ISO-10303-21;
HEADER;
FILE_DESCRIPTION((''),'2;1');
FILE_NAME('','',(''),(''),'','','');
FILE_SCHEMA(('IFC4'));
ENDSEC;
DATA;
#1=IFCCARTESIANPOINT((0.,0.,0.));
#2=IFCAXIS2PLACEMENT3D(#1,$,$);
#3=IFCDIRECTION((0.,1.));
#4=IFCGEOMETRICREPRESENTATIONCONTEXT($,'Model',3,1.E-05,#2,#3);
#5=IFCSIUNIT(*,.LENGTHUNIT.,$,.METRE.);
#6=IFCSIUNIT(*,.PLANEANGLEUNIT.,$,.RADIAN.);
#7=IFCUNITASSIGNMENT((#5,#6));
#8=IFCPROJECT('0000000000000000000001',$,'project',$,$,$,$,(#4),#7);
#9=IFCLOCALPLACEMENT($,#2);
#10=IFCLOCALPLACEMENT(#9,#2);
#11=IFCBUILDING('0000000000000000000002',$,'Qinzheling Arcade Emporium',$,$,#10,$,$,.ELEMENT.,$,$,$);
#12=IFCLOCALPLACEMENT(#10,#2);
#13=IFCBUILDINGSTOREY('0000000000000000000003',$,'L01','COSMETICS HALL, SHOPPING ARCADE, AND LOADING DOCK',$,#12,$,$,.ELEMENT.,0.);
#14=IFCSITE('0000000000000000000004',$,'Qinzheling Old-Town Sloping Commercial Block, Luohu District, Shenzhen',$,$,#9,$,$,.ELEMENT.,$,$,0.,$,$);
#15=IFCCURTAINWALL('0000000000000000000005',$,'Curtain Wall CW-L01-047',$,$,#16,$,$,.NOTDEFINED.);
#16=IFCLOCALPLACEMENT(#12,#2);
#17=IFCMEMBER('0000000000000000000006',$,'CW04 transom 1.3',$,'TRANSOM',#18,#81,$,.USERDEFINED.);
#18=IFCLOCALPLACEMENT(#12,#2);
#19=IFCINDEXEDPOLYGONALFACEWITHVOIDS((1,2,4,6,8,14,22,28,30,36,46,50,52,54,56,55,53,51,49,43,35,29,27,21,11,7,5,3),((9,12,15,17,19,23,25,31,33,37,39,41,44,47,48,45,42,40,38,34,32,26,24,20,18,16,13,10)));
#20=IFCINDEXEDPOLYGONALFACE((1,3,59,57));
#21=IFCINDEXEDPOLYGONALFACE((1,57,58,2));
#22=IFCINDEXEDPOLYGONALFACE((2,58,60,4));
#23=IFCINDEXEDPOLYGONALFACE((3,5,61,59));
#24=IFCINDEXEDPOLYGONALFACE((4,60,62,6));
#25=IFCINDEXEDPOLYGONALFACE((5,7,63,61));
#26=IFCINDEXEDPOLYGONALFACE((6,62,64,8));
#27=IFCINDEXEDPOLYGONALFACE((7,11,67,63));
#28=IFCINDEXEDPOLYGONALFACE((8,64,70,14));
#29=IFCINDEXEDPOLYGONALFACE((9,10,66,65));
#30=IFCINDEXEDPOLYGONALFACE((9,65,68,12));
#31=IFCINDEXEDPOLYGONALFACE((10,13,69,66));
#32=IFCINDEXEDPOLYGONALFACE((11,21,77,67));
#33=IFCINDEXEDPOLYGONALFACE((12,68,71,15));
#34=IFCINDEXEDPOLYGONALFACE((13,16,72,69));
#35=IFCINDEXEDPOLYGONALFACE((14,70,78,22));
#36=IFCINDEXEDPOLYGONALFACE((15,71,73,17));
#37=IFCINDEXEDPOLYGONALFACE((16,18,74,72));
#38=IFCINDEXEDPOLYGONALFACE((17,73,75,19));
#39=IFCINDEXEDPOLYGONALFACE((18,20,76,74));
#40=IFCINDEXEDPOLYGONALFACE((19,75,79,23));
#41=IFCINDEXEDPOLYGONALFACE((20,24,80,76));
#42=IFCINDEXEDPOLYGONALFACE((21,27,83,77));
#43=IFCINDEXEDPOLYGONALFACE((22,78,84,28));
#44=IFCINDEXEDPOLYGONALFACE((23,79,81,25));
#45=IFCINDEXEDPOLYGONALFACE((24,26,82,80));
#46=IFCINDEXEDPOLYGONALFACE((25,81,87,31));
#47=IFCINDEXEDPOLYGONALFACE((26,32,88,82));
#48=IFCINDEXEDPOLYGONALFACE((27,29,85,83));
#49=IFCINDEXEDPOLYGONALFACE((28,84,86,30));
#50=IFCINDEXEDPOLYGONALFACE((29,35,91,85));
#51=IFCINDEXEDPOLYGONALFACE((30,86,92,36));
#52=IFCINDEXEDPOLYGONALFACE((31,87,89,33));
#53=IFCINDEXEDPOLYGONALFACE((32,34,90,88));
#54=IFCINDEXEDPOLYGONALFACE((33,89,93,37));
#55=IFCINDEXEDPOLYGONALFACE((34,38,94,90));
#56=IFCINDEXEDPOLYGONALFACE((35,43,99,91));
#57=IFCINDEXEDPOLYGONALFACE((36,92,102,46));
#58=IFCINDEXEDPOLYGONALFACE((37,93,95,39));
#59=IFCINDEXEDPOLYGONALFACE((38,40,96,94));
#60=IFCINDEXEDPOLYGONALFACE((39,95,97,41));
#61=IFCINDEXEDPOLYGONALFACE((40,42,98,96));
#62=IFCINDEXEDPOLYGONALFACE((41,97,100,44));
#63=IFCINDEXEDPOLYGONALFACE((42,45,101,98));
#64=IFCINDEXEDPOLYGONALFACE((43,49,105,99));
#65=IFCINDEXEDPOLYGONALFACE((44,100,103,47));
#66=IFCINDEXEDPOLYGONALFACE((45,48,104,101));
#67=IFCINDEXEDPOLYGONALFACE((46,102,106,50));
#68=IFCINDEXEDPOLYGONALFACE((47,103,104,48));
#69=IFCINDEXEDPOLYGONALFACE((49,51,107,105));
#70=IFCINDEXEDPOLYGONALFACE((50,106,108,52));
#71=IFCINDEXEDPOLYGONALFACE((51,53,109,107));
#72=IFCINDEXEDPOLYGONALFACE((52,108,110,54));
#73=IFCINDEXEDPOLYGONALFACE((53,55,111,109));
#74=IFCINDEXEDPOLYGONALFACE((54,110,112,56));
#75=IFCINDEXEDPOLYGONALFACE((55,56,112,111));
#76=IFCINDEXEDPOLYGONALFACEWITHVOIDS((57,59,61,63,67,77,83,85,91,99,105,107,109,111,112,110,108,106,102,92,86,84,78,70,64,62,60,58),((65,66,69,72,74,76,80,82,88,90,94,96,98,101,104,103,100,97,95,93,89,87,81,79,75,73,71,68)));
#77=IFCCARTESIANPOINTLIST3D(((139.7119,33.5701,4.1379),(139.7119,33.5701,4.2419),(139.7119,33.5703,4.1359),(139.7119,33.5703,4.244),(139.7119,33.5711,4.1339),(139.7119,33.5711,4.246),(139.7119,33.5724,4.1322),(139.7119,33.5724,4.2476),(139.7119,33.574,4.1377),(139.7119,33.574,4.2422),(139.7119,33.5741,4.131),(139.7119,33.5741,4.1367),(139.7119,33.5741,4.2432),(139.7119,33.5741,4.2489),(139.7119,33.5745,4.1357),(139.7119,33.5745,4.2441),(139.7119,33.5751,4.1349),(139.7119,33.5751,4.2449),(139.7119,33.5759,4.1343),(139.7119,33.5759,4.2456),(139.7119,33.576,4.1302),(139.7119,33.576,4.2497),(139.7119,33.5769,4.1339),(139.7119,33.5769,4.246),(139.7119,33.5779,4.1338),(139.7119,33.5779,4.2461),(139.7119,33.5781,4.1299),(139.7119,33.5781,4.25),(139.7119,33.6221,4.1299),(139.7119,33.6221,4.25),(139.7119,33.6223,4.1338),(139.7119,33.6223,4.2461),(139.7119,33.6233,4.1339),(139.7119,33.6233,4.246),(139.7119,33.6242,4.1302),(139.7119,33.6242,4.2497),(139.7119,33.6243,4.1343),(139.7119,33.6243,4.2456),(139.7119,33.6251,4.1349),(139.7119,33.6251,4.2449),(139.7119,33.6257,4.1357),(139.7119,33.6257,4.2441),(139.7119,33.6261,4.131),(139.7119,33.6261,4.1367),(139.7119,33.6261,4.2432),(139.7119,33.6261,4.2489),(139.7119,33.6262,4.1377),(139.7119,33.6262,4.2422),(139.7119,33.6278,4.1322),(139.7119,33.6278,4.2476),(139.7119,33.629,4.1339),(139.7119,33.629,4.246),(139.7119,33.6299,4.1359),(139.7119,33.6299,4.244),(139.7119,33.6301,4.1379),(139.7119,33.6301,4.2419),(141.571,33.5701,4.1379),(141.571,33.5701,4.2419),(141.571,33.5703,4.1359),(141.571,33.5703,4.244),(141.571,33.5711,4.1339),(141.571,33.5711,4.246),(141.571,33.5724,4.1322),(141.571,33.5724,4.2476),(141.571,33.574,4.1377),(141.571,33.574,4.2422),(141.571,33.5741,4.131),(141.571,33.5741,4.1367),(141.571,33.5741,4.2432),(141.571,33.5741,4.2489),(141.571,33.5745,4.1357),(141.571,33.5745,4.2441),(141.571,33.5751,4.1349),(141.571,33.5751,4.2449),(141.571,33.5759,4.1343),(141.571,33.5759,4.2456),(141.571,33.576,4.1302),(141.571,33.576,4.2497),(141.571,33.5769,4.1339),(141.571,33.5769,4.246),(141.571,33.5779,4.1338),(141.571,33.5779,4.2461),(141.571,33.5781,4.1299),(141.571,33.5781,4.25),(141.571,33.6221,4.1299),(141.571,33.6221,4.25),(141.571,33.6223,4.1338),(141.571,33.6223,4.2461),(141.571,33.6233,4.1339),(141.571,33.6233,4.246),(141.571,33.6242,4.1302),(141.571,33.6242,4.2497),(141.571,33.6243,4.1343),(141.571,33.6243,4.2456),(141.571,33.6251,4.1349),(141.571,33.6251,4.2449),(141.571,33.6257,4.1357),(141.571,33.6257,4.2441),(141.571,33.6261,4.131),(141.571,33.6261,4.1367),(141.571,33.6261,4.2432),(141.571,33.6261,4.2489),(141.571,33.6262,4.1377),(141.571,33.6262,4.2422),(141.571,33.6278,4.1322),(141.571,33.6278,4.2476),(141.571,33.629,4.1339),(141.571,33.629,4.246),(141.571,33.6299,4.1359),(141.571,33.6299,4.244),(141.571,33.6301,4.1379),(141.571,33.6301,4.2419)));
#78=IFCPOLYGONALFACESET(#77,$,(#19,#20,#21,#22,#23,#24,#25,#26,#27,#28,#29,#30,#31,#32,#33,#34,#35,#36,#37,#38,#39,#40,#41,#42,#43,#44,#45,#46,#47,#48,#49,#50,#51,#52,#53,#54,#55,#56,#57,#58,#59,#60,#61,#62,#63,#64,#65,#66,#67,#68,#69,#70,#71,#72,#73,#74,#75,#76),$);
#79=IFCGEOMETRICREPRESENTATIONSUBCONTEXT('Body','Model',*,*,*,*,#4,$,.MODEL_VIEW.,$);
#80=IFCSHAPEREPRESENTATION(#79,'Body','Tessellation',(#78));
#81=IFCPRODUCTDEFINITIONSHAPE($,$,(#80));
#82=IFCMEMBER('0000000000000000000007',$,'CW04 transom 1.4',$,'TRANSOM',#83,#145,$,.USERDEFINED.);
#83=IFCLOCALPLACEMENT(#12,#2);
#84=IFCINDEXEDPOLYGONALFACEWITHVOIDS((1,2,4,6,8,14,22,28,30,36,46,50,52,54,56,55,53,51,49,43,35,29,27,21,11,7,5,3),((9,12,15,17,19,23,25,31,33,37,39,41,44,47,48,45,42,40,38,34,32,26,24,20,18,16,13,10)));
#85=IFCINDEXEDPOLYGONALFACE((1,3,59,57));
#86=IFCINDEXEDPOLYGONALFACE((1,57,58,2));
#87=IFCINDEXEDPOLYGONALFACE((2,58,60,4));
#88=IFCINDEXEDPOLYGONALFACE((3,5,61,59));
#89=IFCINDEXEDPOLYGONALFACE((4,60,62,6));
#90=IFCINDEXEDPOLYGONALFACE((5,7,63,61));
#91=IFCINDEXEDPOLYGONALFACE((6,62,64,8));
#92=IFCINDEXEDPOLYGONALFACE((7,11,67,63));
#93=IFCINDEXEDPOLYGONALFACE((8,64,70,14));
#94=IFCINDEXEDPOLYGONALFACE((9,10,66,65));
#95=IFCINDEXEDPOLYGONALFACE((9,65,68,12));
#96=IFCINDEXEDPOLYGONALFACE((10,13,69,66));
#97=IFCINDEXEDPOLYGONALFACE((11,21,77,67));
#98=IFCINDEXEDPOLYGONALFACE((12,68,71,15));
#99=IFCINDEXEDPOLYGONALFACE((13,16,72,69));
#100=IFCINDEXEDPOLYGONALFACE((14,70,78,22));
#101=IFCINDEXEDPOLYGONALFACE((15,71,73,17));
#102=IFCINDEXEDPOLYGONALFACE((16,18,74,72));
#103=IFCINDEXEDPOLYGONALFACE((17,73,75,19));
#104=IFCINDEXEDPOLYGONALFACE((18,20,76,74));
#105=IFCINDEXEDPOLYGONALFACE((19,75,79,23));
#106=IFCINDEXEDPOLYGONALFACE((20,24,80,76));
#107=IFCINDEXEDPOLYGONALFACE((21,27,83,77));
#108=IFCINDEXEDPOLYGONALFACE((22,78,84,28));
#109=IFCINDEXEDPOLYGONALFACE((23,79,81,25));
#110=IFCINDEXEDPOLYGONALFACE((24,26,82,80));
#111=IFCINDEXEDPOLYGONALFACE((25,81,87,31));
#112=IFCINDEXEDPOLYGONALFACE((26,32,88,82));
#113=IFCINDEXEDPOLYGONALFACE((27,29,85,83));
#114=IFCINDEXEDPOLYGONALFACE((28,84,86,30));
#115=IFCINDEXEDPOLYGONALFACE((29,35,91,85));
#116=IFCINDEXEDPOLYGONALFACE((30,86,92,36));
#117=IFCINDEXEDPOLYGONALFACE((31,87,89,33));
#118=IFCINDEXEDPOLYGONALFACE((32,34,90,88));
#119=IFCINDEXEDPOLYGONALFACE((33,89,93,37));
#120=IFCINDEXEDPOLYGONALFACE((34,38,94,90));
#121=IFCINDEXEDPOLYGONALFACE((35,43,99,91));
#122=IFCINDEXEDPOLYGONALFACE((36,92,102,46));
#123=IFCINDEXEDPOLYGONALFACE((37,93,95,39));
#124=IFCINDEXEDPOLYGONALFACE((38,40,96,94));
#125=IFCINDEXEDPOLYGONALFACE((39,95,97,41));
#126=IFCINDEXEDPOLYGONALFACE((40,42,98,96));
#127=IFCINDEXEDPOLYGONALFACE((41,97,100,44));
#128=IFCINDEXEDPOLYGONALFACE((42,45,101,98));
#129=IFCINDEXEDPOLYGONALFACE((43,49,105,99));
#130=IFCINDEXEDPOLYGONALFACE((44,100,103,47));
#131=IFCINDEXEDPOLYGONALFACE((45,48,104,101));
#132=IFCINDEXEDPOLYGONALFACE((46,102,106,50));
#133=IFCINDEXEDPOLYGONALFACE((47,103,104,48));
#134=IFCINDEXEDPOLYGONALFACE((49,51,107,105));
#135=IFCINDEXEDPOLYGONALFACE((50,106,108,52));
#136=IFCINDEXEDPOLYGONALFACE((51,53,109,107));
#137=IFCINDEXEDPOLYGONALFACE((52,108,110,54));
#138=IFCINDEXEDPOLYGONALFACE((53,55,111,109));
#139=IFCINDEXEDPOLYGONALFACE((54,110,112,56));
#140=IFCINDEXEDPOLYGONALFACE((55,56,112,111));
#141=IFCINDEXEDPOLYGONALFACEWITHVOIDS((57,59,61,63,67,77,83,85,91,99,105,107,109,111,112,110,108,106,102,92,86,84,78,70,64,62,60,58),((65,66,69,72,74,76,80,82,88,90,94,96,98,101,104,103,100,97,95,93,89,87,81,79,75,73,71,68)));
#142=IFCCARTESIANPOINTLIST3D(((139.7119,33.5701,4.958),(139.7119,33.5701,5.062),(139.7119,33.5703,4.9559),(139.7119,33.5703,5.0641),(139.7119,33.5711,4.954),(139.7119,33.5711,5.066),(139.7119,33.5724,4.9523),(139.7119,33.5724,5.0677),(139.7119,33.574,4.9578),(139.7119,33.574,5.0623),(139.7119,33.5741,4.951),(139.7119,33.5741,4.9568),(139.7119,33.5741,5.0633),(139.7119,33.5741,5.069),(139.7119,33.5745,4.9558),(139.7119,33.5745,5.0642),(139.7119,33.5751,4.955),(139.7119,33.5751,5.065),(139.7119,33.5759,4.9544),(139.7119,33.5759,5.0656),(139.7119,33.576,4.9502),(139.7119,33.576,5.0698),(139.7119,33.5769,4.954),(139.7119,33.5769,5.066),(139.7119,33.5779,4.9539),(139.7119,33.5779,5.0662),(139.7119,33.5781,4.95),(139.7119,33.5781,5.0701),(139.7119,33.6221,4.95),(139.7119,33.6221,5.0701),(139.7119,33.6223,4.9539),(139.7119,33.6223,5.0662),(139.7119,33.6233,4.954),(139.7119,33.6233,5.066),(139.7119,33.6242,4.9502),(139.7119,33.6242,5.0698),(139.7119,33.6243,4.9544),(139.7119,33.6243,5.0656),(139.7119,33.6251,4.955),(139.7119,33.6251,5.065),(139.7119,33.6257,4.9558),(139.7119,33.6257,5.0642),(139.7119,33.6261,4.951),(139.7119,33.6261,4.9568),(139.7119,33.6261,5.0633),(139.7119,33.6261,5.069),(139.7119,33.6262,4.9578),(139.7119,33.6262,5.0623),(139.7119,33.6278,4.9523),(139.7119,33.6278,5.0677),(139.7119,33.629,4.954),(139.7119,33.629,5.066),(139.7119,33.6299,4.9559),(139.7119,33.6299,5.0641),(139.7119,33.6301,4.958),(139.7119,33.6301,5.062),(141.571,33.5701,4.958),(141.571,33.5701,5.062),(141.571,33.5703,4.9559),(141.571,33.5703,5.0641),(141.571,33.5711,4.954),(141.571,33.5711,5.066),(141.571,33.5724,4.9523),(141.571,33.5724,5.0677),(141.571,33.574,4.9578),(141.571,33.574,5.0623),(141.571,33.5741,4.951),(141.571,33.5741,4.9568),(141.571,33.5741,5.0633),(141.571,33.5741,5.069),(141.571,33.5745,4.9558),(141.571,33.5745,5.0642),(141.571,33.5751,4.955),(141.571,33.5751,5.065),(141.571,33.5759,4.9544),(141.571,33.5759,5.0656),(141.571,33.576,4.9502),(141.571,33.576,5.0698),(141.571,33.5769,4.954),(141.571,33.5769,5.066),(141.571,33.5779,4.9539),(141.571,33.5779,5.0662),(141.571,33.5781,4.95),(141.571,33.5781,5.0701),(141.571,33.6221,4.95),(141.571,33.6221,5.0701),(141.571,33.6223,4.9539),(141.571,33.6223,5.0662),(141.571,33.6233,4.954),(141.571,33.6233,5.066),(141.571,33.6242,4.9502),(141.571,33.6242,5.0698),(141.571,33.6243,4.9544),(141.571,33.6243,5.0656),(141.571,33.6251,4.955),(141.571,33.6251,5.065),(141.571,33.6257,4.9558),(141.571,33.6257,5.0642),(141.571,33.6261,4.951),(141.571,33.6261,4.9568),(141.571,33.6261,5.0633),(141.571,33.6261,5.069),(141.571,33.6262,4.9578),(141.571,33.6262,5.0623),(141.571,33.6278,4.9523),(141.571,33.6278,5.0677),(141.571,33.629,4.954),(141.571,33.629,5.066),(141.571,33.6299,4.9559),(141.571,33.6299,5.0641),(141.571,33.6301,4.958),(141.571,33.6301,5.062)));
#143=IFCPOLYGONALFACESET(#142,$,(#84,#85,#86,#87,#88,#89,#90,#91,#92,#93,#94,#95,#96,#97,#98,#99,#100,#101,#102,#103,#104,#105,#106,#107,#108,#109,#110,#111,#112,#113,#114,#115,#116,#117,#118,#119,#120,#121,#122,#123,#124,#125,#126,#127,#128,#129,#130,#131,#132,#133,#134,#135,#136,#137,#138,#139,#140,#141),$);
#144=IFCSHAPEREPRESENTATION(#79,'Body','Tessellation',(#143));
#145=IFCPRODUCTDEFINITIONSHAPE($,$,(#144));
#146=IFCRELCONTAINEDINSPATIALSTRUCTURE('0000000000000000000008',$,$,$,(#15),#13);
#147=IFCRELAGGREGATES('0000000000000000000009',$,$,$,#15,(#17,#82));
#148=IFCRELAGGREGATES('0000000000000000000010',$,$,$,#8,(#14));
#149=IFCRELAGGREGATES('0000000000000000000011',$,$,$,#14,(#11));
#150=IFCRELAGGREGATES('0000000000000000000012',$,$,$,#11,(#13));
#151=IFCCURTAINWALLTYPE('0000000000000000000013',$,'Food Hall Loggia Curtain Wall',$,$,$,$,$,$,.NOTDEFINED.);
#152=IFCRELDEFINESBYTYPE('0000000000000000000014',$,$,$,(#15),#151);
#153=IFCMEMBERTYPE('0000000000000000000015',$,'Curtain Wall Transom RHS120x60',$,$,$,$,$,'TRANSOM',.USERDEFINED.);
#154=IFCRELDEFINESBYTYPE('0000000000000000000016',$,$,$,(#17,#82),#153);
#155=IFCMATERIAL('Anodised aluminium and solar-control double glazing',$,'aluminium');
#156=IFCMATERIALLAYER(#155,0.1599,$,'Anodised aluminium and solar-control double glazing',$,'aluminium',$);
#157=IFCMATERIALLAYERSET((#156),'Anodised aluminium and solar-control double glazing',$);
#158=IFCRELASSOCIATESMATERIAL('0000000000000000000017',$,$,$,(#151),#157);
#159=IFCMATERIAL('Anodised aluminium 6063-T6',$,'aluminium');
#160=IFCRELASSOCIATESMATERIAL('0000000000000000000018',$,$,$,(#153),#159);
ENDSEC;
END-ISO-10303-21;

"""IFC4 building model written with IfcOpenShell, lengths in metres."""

from ifc_helpers import new_model, si_unit, direction, frame, origin, origin_2d, place, context, subcontext, project, spatial, hollow_rectangle, extrude, material, layer, layer_set, material_profile, profile_set, type_object, element, aggregate, save


model = new_model("IFC4")

# Units and contexts
model_context = context("Model", 3, precision=1e-05, world=origin(), true_north=direction((0.0, 1.0)))
body_context = subcontext(model_context, "Body", "Model", "MODEL_VIEW")
ifc_project = project(units=[si_unit("LENGTHUNIT", "METRE"), si_unit("PLANEANGLEUNIT", "RADIAN")], contexts=[model_context])

# Site, building, storey
site_placement = place(None, origin())
site = spatial("IfcSite", under=ifc_project, at=site_placement, Name="Qinzheling Old-Town Sloping Commercial Block, Luohu District, Shenzhen", CompositionType="ELEMENT", RefElevation=0.0)
building_placement = place(site_placement, origin())
building = spatial("IfcBuilding", under=site, at=building_placement, Name="Qinzheling Arcade Emporium", CompositionType="ELEMENT")
storey_placement = place(building_placement, origin())
storey = spatial("IfcBuildingStorey", under=building, at=storey_placement, Name="L01", Description="COSMETICS HALL, SHOPPING ARCADE, AND LOADING DOCK", CompositionType="ELEMENT", Elevation=0.0)

# Curtain wall, members
ifc_material_1 = material(Name="Anodised aluminium and solar-control double glazing", Category="aluminium")
ifc_layer_1 = layer(ifc_material_1, 0.1599, Name="Anodised aluminium and solar-control double glazing", Category="aluminium")
ifc_layer_set_1 = layer_set([ifc_layer_1], Name="Anodised aluminium and solar-control double glazing")
curtain_wall_type = type_object("IfcCurtainWallType", Name="Food Hall Loggia Curtain Wall", PredefinedType="NOTDEFINED", material=ifc_layer_set_1)
curtain_wall_placement = place(storey_placement, origin())
curtain_wall = element("IfcCurtainWall", 1, at=curtain_wall_placement, inside=storey, type_object=curtain_wall_type, Name="Curtain Wall CW-L01-047", PredefinedType="NOTDEFINED")
ifc_material_2 = material(Name="Anodised aluminium 6063-T6", Category="aluminium")
ifc_material_profile_1 = material_profile(ifc_material_2, hollow_rectangle(XDim=0.0601, YDim=0.1201, WallThickness=0.0039, InnerFilletRadius=0.0039, OuterFilletRadius=0.0081, at=origin_2d()), Name="RHS 120x60x4", Category="aluminium")
ifc_profile_set_1 = profile_set([ifc_material_profile_1], Name="Anodised aluminium 6063-T6")
member_type_1 = type_object("IfcMemberType", Name="Curtain Wall Transom RHS120x60", ElementType="TRANSOM", PredefinedType="USERDEFINED", material=ifc_profile_set_1)
member_1_placement = place(storey_placement, frame((139.7119, 33.6001, 4.1899), z_axis=(1.0, 0.0, 0.0), x_axis=(0.0, 1.0, 0.0)))
member_1 = element("IfcMember", 2, at=member_1_placement, type_object=member_type_1, Name="CW04 transom 1.3", ObjectType="TRANSOM", PredefinedType="USERDEFINED", context=body_context, shape_type="SweptSolid", body=[
    extrude(hollow_rectangle(XDim=0.0601, YDim=0.1201, WallThickness=0.0039, InnerFilletRadius=0.0039, OuterFilletRadius=0.0081, at=origin_2d()), origin(), (0.0, 0.0, 1.0), 1.8591),
])
member_2_placement = place(storey_placement, frame((139.7119, 33.6001, 5.01), z_axis=(1.0, 0.0, 0.0), x_axis=(0.0, 1.0, 0.0)))
member_2 = element("IfcMember", 3, at=member_2_placement, type_object=member_type_1, Name="CW04 transom 1.4", ObjectType="TRANSOM", PredefinedType="USERDEFINED", context=body_context, shape_type="SweptSolid", body=[
    extrude(hollow_rectangle(XDim=0.0601, YDim=0.1201, WallThickness=0.0039, InnerFilletRadius=0.0039, OuterFilletRadius=0.0081, at=origin_2d()), origin(), (0.0, 0.0, 1.0), 1.8591),
])

aggregate(curtain_wall, [member_1, member_2])

save(model, "model.ifc")
